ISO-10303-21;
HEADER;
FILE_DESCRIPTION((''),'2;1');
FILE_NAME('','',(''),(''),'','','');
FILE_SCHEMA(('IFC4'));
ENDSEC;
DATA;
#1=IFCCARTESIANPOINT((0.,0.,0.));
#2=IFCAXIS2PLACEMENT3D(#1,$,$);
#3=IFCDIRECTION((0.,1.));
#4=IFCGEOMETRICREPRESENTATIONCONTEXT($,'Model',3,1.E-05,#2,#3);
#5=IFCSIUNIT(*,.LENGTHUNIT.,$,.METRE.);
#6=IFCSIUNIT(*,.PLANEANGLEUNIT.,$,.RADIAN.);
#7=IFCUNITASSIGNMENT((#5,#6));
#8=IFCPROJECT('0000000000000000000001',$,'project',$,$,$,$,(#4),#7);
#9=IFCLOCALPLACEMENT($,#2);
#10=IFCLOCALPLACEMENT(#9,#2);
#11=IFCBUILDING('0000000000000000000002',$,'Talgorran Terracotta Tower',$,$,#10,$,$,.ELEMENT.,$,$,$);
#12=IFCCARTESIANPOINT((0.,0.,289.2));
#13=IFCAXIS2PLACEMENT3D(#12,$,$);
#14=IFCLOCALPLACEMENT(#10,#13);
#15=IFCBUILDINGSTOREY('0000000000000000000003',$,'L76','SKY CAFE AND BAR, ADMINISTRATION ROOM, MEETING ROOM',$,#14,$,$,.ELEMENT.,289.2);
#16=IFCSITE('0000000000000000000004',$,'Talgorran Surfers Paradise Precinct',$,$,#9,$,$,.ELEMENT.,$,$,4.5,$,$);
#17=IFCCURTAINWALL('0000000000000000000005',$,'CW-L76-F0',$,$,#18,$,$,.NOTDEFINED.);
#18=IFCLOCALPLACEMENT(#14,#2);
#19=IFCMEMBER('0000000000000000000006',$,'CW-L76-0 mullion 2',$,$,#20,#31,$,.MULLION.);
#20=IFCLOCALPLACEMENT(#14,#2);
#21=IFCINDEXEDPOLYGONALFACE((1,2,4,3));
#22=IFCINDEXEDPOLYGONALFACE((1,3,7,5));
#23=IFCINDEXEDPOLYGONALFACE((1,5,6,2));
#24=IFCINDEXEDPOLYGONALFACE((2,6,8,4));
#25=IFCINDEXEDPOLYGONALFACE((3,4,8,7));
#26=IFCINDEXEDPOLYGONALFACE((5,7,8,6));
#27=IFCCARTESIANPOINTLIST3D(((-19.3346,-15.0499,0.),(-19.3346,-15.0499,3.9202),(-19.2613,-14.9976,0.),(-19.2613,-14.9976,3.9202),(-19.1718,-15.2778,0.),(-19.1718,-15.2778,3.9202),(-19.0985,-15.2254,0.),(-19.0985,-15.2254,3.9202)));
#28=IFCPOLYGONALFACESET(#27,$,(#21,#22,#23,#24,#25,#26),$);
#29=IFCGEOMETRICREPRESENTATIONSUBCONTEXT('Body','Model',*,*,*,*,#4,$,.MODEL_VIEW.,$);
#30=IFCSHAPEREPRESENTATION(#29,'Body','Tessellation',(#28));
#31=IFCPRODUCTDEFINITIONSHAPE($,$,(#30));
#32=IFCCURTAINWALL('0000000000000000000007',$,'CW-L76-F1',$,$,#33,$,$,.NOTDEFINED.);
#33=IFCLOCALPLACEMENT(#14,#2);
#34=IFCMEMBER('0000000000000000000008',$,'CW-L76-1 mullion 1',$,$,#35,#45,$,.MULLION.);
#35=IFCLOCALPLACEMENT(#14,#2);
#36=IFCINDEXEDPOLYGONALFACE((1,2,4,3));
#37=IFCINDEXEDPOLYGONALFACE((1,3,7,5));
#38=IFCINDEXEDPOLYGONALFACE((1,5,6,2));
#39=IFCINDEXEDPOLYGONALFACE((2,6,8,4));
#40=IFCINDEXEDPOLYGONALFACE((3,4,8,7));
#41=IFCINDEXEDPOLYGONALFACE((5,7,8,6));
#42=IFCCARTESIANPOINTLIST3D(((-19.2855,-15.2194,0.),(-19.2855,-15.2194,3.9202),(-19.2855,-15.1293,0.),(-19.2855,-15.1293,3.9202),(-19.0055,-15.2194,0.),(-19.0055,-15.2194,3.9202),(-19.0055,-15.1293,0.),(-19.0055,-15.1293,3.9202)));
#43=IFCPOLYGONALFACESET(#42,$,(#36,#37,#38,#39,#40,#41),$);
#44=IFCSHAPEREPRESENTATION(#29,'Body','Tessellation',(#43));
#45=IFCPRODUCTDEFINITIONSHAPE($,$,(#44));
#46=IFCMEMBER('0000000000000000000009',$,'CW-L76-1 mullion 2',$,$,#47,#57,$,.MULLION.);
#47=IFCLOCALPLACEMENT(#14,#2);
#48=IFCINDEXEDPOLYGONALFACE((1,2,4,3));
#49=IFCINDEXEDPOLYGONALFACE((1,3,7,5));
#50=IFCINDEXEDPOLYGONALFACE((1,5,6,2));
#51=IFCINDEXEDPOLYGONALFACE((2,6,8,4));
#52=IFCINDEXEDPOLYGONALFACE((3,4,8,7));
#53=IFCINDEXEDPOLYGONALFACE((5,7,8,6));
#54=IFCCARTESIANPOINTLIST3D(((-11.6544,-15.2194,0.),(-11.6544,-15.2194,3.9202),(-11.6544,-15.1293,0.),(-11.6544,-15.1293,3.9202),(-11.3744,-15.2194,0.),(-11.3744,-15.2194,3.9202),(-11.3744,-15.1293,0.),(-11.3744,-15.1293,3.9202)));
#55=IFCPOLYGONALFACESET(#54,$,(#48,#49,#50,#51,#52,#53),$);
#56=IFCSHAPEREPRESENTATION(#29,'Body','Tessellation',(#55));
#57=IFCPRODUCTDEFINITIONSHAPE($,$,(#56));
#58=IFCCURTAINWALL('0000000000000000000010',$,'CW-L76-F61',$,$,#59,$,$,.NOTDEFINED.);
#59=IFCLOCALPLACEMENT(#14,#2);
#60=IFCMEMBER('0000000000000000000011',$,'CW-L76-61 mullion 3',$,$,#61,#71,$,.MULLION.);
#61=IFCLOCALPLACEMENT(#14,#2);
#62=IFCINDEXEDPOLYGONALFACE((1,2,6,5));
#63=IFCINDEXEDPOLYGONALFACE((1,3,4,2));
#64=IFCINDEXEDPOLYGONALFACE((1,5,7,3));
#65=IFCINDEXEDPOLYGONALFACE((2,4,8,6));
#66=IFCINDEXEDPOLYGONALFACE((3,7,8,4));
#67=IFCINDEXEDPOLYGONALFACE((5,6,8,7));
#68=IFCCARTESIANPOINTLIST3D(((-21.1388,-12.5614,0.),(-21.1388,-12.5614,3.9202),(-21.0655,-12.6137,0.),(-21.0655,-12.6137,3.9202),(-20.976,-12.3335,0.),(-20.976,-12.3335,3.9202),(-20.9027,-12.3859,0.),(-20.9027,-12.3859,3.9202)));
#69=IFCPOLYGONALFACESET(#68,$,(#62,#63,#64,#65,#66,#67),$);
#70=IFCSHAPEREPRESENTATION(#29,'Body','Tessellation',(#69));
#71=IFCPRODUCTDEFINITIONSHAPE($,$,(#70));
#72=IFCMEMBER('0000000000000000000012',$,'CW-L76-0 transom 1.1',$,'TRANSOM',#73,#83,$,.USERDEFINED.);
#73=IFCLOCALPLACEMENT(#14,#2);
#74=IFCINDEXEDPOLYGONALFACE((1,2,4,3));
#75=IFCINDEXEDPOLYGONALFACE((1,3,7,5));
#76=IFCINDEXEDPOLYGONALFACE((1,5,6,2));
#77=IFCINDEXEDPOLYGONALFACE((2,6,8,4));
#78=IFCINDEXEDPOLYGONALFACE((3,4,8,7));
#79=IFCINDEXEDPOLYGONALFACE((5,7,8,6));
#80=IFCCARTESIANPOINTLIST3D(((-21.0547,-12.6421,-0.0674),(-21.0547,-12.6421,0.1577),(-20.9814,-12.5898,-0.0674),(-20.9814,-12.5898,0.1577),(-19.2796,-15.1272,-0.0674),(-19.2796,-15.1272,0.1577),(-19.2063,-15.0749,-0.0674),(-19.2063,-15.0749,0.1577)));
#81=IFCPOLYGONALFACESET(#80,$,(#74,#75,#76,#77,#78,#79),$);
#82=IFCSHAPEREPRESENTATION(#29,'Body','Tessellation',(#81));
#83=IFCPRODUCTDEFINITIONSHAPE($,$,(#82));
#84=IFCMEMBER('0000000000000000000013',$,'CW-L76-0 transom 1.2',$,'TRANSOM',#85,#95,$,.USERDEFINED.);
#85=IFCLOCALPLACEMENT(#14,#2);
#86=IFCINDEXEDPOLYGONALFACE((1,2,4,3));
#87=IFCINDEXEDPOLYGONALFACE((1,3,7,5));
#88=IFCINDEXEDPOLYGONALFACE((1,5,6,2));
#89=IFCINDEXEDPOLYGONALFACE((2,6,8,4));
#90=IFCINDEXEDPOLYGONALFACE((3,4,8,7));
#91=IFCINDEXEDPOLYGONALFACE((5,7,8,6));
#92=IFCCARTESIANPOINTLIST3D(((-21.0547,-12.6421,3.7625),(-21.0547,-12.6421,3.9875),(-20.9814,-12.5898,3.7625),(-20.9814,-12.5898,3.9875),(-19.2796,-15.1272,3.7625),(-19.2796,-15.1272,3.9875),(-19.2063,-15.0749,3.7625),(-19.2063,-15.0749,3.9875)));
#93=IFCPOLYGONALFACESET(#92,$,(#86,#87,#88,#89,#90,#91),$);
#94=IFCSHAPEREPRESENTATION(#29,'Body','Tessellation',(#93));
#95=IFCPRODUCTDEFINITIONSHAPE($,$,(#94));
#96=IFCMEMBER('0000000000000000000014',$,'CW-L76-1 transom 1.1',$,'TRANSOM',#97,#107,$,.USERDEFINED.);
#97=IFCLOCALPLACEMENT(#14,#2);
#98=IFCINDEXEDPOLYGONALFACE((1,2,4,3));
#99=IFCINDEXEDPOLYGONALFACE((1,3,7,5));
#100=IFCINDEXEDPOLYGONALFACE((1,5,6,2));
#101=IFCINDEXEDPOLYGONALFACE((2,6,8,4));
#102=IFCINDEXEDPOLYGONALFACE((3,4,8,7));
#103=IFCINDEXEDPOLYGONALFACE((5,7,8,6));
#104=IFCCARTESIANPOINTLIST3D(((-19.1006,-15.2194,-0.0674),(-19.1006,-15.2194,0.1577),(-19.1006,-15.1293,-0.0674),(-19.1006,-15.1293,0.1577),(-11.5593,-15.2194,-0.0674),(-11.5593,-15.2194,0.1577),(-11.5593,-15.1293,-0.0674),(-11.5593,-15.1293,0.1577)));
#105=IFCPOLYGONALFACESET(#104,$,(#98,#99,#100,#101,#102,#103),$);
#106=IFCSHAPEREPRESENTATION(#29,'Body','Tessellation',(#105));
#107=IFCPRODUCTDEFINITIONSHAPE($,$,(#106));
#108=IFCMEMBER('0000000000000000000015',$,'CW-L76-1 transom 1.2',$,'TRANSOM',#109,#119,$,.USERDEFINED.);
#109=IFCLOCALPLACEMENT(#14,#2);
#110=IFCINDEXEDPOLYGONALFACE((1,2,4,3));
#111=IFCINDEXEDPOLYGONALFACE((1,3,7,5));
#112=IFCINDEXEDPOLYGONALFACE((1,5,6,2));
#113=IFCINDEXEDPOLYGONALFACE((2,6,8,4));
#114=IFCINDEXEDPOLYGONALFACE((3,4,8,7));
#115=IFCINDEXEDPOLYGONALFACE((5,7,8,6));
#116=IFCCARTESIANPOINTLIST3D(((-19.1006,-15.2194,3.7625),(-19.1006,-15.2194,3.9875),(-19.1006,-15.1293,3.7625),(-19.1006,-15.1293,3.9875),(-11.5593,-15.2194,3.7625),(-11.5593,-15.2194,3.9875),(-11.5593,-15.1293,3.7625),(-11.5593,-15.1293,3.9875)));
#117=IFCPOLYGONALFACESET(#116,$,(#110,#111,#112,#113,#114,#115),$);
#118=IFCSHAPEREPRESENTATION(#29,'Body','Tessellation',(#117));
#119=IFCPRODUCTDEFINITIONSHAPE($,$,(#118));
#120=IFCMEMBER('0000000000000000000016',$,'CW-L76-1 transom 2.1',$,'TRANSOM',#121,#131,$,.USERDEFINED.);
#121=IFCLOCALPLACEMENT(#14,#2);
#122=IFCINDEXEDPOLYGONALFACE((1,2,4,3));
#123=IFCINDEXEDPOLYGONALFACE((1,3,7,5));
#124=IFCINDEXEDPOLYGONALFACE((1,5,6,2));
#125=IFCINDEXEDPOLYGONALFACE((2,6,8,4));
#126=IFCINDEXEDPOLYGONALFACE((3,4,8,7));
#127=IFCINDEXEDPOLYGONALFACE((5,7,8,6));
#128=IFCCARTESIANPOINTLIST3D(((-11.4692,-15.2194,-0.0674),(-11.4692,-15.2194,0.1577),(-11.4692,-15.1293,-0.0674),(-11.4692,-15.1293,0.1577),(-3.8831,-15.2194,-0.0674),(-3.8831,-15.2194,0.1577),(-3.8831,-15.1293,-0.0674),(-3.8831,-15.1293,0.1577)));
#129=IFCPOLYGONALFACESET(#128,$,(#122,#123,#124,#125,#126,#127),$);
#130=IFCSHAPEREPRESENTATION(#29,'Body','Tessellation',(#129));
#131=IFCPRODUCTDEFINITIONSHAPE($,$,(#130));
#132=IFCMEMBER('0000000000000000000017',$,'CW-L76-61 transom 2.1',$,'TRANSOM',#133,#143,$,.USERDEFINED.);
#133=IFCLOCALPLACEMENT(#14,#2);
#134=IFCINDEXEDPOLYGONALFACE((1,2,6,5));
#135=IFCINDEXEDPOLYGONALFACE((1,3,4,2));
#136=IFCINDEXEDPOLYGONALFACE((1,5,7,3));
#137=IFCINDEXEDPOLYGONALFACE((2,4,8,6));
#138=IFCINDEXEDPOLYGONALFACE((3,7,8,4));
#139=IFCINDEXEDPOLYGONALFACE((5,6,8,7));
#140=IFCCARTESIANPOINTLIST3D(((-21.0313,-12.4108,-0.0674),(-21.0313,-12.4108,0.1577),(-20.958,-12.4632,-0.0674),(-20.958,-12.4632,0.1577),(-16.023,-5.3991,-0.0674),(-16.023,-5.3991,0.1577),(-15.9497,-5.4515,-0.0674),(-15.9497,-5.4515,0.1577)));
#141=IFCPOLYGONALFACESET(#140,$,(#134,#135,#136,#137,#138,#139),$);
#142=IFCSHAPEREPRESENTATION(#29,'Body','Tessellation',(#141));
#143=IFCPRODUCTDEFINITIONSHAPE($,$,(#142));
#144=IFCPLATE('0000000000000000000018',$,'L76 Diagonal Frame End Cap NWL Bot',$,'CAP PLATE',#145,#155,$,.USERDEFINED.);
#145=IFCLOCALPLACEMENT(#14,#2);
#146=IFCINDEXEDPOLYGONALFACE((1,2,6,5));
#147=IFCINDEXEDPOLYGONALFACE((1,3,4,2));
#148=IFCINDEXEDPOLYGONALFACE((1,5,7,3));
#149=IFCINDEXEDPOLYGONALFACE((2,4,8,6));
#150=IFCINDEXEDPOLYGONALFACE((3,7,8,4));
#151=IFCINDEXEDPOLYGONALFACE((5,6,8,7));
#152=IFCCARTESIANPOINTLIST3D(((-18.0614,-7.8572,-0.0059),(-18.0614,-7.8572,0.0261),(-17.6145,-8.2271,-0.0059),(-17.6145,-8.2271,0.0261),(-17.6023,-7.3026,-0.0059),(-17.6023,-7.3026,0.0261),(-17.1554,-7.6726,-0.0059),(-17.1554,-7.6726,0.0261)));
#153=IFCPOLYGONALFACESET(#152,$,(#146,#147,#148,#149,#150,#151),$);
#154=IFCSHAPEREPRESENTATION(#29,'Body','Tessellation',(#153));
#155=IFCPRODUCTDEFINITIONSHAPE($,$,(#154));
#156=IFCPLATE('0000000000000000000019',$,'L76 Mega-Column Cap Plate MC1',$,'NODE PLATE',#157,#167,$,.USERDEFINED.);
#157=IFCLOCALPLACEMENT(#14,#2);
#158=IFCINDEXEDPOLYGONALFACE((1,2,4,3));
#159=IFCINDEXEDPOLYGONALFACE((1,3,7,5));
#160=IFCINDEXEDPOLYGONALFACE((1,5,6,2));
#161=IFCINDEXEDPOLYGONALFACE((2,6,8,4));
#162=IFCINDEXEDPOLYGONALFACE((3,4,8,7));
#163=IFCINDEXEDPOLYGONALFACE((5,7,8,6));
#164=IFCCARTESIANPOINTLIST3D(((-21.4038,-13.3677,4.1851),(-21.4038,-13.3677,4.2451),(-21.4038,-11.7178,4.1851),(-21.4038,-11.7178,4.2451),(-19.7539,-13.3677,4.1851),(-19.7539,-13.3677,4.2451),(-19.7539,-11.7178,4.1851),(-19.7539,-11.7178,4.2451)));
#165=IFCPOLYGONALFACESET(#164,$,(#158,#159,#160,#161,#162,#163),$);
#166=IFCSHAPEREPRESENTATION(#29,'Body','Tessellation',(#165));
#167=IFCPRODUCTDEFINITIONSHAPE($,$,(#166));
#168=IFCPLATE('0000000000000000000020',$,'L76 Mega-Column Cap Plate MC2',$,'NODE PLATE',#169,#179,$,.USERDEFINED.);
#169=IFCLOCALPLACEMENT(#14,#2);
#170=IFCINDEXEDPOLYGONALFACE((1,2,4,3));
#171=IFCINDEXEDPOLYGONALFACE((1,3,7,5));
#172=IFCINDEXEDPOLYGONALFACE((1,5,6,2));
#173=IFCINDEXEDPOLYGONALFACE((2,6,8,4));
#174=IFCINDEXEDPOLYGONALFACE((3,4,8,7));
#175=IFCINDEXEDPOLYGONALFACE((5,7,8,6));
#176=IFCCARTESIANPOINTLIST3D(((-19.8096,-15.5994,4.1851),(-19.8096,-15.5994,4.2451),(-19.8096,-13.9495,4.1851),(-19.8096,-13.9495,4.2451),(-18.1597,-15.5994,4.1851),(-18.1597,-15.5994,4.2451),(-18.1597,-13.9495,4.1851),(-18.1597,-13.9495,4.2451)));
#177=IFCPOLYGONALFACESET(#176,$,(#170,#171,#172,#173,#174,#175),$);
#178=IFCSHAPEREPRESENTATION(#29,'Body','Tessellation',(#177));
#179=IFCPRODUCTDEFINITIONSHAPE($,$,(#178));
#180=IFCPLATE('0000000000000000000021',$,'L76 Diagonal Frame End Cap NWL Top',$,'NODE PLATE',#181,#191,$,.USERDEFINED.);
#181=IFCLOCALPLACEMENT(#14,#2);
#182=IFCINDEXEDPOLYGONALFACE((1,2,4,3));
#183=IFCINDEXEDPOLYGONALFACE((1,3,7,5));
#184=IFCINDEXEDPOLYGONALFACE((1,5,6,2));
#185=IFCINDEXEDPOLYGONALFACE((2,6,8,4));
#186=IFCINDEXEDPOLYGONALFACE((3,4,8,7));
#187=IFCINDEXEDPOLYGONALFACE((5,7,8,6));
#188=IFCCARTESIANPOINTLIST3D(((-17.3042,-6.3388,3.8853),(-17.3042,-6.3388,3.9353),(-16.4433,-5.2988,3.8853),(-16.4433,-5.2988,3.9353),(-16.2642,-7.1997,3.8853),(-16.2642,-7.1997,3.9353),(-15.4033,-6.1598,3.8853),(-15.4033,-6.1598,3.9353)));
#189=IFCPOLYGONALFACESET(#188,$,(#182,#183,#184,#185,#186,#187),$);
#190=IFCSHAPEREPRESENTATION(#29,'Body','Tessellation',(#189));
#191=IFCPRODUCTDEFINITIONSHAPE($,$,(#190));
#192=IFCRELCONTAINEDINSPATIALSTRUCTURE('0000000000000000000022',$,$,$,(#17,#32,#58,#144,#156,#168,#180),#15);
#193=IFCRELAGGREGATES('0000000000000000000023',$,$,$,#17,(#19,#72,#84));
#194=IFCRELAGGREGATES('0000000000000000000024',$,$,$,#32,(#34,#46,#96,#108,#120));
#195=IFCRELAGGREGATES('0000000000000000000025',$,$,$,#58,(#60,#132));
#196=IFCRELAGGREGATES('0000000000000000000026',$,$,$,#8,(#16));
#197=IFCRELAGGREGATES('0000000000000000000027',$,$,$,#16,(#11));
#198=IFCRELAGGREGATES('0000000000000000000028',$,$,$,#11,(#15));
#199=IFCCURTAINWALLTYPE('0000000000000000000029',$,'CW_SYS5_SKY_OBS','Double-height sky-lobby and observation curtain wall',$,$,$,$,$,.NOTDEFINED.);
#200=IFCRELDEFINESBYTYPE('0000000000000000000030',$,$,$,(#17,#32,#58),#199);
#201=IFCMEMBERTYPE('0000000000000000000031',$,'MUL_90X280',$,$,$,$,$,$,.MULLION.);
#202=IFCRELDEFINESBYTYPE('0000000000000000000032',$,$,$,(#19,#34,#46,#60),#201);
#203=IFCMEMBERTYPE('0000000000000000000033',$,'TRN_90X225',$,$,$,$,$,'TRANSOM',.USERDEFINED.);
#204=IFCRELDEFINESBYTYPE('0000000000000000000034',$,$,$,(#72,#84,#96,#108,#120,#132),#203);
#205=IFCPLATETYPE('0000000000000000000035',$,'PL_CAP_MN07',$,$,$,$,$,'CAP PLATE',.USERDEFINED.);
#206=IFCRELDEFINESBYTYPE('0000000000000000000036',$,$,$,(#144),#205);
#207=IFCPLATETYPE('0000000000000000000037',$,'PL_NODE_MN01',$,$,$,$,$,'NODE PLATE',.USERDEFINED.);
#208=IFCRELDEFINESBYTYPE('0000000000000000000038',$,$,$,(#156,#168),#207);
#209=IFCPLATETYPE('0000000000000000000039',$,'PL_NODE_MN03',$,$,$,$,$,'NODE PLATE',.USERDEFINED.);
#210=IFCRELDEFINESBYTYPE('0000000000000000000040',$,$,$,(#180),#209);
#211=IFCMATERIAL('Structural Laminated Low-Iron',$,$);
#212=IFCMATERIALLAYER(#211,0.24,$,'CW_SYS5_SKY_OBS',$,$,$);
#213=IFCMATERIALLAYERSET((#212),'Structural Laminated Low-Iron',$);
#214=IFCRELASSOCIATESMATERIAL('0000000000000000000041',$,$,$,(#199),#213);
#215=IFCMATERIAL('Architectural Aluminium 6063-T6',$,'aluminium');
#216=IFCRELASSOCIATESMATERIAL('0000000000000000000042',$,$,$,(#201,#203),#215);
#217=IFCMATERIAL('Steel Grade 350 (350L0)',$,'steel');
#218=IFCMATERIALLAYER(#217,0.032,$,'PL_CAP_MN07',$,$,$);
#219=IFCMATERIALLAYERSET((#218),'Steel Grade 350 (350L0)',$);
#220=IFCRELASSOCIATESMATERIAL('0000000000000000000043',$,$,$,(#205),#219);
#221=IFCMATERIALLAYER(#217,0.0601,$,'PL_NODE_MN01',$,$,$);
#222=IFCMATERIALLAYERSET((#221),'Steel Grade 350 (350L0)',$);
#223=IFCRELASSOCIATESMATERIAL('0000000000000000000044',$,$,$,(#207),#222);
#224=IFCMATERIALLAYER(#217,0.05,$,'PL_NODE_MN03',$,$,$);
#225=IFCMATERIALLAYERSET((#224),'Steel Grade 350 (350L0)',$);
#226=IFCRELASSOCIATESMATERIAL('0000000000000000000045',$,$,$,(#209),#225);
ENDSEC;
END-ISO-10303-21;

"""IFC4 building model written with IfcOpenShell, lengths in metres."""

from ifc_helpers import new_model, si_unit, direction, frame, origin, origin_2d, place, context, subcontext, project, spatial, rectangle, extrude, material, layer, layer_set, material_profile, profile_set, type_object, element, aggregate, save


model = new_model("IFC4")

# Units and contexts
model_context = context("Model", 3, precision=1e-05, world=origin(), true_north=direction((0.0, 1.0)))
body_context = subcontext(model_context, "Body", "Model", "MODEL_VIEW")
ifc_project = project(units=[si_unit("LENGTHUNIT", "METRE"), si_unit("PLANEANGLEUNIT", "RADIAN")], contexts=[model_context])

# Site, building, storey
site_placement = place(None, origin())
site = spatial("IfcSite", under=ifc_project, at=site_placement, Name="Talgorran Surfers Paradise Precinct", CompositionType="ELEMENT", RefElevation=4.5)
building_placement = place(site_placement, origin())
building = spatial("IfcBuilding", under=site, at=building_placement, Name="Talgorran Terracotta Tower", CompositionType="ELEMENT")
storey_placement = place(building_placement, frame((0.0, 0.0, 289.2)))
storey = spatial("IfcBuildingStorey", under=building, at=storey_placement, Name="L76", Description="SKY CAFE AND BAR, ADMINISTRATION ROOM, MEETING ROOM", CompositionType="ELEMENT", Elevation=289.2)

# Shared definitions
ifc_material_1 = material(Name="Steel Grade 350 (350L0)", Category="steel")

# Curtain walls, members
ifc_material_2 = material(Name="Structural Laminated Low-Iron")
ifc_layer_1 = layer(ifc_material_2, 0.24, Name="CW_SYS5_SKY_OBS")
ifc_layer_set_1 = layer_set([ifc_layer_1], Name="Structural Laminated Low-Iron")
curtain_wall_type = type_object("IfcCurtainWallType", Name="CW_SYS5_SKY_OBS", Description="Double-height sky-lobby and observation curtain wall", PredefinedType="NOTDEFINED", material=ifc_layer_set_1)
curtain_wall_1_placement = place(storey_placement, origin())
curtain_wall_1 = element("IfcCurtainWall", 1, at=curtain_wall_1_placement, inside=storey, type_object=curtain_wall_type, Name="CW-L76-F0", PredefinedType="NOTDEFINED")
ifc_material_3 = material(Name="Architectural Aluminium 6063-T6", Category="aluminium")
ifc_material_profile_1 = material_profile(ifc_material_3, rectangle(XDim=0.0901, YDim=0.28, at=origin_2d()), Name="CWM90X280")
ifc_profile_set_1 = profile_set([ifc_material_profile_1], Name="Architectural Aluminium 6063-T6")
member_type_1 = type_object("IfcMemberType", Name="MUL_90X280", PredefinedType="MULLION", material=ifc_profile_set_1)
member_1_placement = place(storey_placement, frame((-19.2166, -15.1377, 0.0), z_axis=(0.0, 0.0, 1.0), x_axis=(0.813721, 0.581256, 0.0)))
member_1 = element("IfcMember", 2, at=member_1_placement, type_object=member_type_1, Name="CW-L76-0 mullion 2", PredefinedType="MULLION", context=body_context, shape_type="SweptSolid", body=[
    extrude(rectangle(XDim=0.0901, YDim=0.28, at=origin_2d()), origin(), (0.0, 0.0, 1.0), 3.9202),
])
curtain_wall_2_placement = place(storey_placement, origin())
curtain_wall_2 = element("IfcCurtainWall", 3, at=curtain_wall_2_placement, inside=storey, type_object=curtain_wall_type, Name="CW-L76-F1", PredefinedType="NOTDEFINED")
member_2_placement = place(storey_placement, frame((-19.1455, -15.1743, 0.0), z_axis=(0.0, 0.0, 1.0), x_axis=(0.0, 1.0, 0.0)))
member_2 = element("IfcMember", 4, at=member_2_placement, type_object=member_type_1, Name="CW-L76-1 mullion 1", PredefinedType="MULLION", context=body_context, shape_type="SweptSolid", body=[
    extrude(rectangle(XDim=0.0901, YDim=0.28, at=origin_2d()), origin(), (0.0, 0.0, 1.0), 3.9202),
])
member_3_placement = place(storey_placement, frame((-11.5144, -15.1743, 0.0), z_axis=(0.0, 0.0, 1.0), x_axis=(0.0, 1.0, 0.0)))
member_3 = element("IfcMember", 5, at=member_3_placement, type_object=member_type_1, Name="CW-L76-1 mullion 2", PredefinedType="MULLION", context=body_context, shape_type="SweptSolid", body=[
    extrude(rectangle(XDim=0.0901, YDim=0.28, at=origin_2d()), origin(), (0.0, 0.0, 1.0), 3.9202),
])

# Curtain wall, member
curtain_wall_3_placement = place(storey_placement, origin())
curtain_wall_3 = element("IfcCurtainWall", 6, at=curtain_wall_3_placement, inside=storey, type_object=curtain_wall_type, Name="CW-L76-F61", PredefinedType="NOTDEFINED")
member_4_placement = place(storey_placement, frame((-21.0208, -12.4736, 0.0), z_axis=(0.0, 0.0, 1.0), x_axis=(0.813727, -0.581248, 0.0)))
member_4 = element("IfcMember", 7, at=member_4_placement, type_object=member_type_1, Name="CW-L76-61 mullion 3", PredefinedType="MULLION", context=body_context, shape_type="SweptSolid", body=[
    extrude(rectangle(XDim=0.0901, YDim=0.28, at=origin_2d()), origin(), (0.0, 0.0, 1.0), 3.9202),
])

# Members
ifc_material_profile_2 = material_profile(ifc_material_3, rectangle(XDim=0.0901, YDim=0.2251, at=origin_2d()), Name="CWT90X225")
ifc_profile_set_2 = profile_set([ifc_material_profile_2], Name="Architectural Aluminium 6063-T6")
member_type_2 = type_object("IfcMemberType", Name="TRN_90X225", ElementType="TRANSOM", PredefinedType="USERDEFINED", material=ifc_profile_set_2)
member_5_placement = place(storey_placement, frame((-21.0181, -12.616, 0.0452), z_axis=(0.581253, -0.813723, 0.0), x_axis=(0.813723, 0.581253, 0.0)))
member_5 = element("IfcMember", 8, at=member_5_placement, type_object=member_type_2, Name="CW-L76-0 transom 1.1", ObjectType="TRANSOM", PredefinedType="USERDEFINED", context=body_context, shape_type="SweptSolid", body=[
    extrude(rectangle(XDim=0.0901, YDim=0.2251, at=origin_2d()), origin(), (0.0, 0.0, 1.0), 3.054),
])
member_6_placement = place(storey_placement, frame((-21.0181, -12.616, 3.875), z_axis=(0.581253, -0.813723, 0.0), x_axis=(0.813723, 0.581253, 0.0)))
member_6 = element("IfcMember", 9, at=member_6_placement, type_object=member_type_2, Name="CW-L76-0 transom 1.2", ObjectType="TRANSOM", PredefinedType="USERDEFINED", context=body_context, shape_type="SweptSolid", body=[
    extrude(rectangle(XDim=0.0901, YDim=0.2251, at=origin_2d()), origin(), (0.0, 0.0, 1.0), 3.054),
])
member_7_placement = place(storey_placement, frame((-19.1006, -15.1743, 0.0452), z_axis=(1.0, 0.0, 0.0), x_axis=(0.0, 1.0, 0.0)))
member_7 = element("IfcMember", 10, at=member_7_placement, type_object=member_type_2, Name="CW-L76-1 transom 1.1", ObjectType="TRANSOM", PredefinedType="USERDEFINED", context=body_context, shape_type="SweptSolid", body=[
    extrude(rectangle(XDim=0.0901, YDim=0.2251, at=origin_2d()), origin(), (0.0, 0.0, 1.0), 7.5413),
])
member_8_placement = place(storey_placement, frame((-19.1006, -15.1743, 3.875), z_axis=(1.0, 0.0, 0.0), x_axis=(0.0, 1.0, 0.0)))
member_8 = element("IfcMember", 11, at=member_8_placement, type_object=member_type_2, Name="CW-L76-1 transom 1.2", ObjectType="TRANSOM", PredefinedType="USERDEFINED", context=body_context, shape_type="SweptSolid", body=[
    extrude(rectangle(XDim=0.0901, YDim=0.2251, at=origin_2d()), origin(), (0.0, 0.0, 1.0), 7.5413),
])
member_9_placement = place(storey_placement, frame((-11.4692, -15.1743, 0.0452), z_axis=(1.0, 0.0, 0.0), x_axis=(0.0, 1.0, 0.0)))
member_9 = element("IfcMember", 12, at=member_9_placement, type_object=member_type_2, Name="CW-L76-1 transom 2.1", ObjectType="TRANSOM", PredefinedType="USERDEFINED", context=body_context, shape_type="SweptSolid", body=[
    extrude(rectangle(XDim=0.0901, YDim=0.2251, at=origin_2d()), origin(), (0.0, 0.0, 1.0), 7.5862),
])
member_10_placement = place(storey_placement, frame((-15.9863, -5.4253, 0.0452), z_axis=(-0.581233, -0.813737, 0.0), x_axis=(0.813737, -0.581233, 0.0)))
member_10 = element("IfcMember", 13, at=member_10_placement, type_object=member_type_2, Name="CW-L76-61 transom 2.1", ObjectType="TRANSOM", PredefinedType="USERDEFINED", context=body_context, shape_type="SweptSolid", body=[
    extrude(rectangle(XDim=0.0901, YDim=0.2251, at=origin_2d()), origin(), (0.0, 0.0, 1.0), 8.6167),
])

# Plates
ifc_layer_2 = layer(ifc_material_1, 0.032, Name="PL_CAP_MN07")
ifc_layer_set_2 = layer_set([ifc_layer_2], Name="Steel Grade 350 (350L0)")
plate_type_1 = type_object("IfcPlateType", Name="PL_CAP_MN07", ElementType="CAP PLATE", PredefinedType="USERDEFINED", material=ifc_layer_set_2)
plate_1_placement = place(storey_placement, frame((-17.6084, -7.7649, -0.0059), z_axis=(0.0, 0.0, 1.0), x_axis=(0.637693, 0.770291, 0.0)))
element("IfcPlate", 14, at=plate_1_placement, inside=storey, type_object=plate_type_1, Name="L76 Diagonal Frame End Cap NWL Bot", ObjectType="CAP PLATE", PredefinedType="USERDEFINED", context=body_context, shape_type="SweptSolid", body=[
    extrude(rectangle(XDim=0.72, YDim=0.5801, at=origin_2d()), origin(), (0.0, 0.0, 1.0), 0.032),
])
ifc_layer_3 = layer(ifc_material_1, 0.0601, Name="PL_NODE_MN01")
ifc_layer_set_3 = layer_set([ifc_layer_3], Name="Steel Grade 350 (350L0)")
plate_type_2 = type_object("IfcPlateType", Name="PL_NODE_MN01", ElementType="NODE PLATE", PredefinedType="USERDEFINED", material=ifc_layer_set_3)
for number, where, z_axis, x_axis, name in (
    (15, (-20.5789, -12.5427, 4.1851), (0.0, 0.0, 1.0), (1.0, 0.0, 0.0), "L76 Mega-Column Cap Plate MC1"),
    (16, (-18.9846, -14.7744, 4.1851), (0.0, 0.0, 1.0), (1.0, 0.0, 0.0), "L76 Mega-Column Cap Plate MC2"),
):
    element("IfcPlate", number, at=place(storey_placement, frame(where, z_axis=z_axis, x_axis=x_axis)), inside=storey, type_object=plate_type_2, Name=name, ObjectType="NODE PLATE", PredefinedType="USERDEFINED", context=body_context, shape_type="SweptSolid", body=[
        extrude(rectangle(XDim=1.6499, YDim=1.6499, at=origin_2d()), origin(), (0.0, 0.0, 1.0), 0.0601),
    ])
ifc_layer_4 = layer(ifc_material_1, 0.05, Name="PL_NODE_MN03")
ifc_layer_set_4 = layer_set([ifc_layer_4], Name="Steel Grade 350 (350L0)")
plate_type_3 = type_object("IfcPlateType", Name="PL_NODE_MN03", ElementType="NODE PLATE", PredefinedType="USERDEFINED", material=ifc_layer_set_4)
plate_2_placement = place(storey_placement, frame((-16.3538, -6.2493, 3.8853), z_axis=(0.0, 0.0, 1.0), x_axis=(0.637693, 0.770291, 0.0)))
element("IfcPlate", 17, at=plate_2_placement, inside=storey, type_object=plate_type_3, Name="L76 Diagonal Frame End Cap NWL Top", ObjectType="NODE PLATE", PredefinedType="USERDEFINED", context=body_context, shape_type="SweptSolid", body=[
    extrude(rectangle(XDim=1.3501, YDim=1.3501, at=origin_2d()), origin(), (0.0, 0.0, 1.0), 0.05),
])

aggregate(curtain_wall_1, [member_1, member_5, member_6])
aggregate(curtain_wall_2, [member_2, member_3, member_7, member_8, member_9])
aggregate(curtain_wall_3, [member_4, member_10])

save(model, "model.ifc")
